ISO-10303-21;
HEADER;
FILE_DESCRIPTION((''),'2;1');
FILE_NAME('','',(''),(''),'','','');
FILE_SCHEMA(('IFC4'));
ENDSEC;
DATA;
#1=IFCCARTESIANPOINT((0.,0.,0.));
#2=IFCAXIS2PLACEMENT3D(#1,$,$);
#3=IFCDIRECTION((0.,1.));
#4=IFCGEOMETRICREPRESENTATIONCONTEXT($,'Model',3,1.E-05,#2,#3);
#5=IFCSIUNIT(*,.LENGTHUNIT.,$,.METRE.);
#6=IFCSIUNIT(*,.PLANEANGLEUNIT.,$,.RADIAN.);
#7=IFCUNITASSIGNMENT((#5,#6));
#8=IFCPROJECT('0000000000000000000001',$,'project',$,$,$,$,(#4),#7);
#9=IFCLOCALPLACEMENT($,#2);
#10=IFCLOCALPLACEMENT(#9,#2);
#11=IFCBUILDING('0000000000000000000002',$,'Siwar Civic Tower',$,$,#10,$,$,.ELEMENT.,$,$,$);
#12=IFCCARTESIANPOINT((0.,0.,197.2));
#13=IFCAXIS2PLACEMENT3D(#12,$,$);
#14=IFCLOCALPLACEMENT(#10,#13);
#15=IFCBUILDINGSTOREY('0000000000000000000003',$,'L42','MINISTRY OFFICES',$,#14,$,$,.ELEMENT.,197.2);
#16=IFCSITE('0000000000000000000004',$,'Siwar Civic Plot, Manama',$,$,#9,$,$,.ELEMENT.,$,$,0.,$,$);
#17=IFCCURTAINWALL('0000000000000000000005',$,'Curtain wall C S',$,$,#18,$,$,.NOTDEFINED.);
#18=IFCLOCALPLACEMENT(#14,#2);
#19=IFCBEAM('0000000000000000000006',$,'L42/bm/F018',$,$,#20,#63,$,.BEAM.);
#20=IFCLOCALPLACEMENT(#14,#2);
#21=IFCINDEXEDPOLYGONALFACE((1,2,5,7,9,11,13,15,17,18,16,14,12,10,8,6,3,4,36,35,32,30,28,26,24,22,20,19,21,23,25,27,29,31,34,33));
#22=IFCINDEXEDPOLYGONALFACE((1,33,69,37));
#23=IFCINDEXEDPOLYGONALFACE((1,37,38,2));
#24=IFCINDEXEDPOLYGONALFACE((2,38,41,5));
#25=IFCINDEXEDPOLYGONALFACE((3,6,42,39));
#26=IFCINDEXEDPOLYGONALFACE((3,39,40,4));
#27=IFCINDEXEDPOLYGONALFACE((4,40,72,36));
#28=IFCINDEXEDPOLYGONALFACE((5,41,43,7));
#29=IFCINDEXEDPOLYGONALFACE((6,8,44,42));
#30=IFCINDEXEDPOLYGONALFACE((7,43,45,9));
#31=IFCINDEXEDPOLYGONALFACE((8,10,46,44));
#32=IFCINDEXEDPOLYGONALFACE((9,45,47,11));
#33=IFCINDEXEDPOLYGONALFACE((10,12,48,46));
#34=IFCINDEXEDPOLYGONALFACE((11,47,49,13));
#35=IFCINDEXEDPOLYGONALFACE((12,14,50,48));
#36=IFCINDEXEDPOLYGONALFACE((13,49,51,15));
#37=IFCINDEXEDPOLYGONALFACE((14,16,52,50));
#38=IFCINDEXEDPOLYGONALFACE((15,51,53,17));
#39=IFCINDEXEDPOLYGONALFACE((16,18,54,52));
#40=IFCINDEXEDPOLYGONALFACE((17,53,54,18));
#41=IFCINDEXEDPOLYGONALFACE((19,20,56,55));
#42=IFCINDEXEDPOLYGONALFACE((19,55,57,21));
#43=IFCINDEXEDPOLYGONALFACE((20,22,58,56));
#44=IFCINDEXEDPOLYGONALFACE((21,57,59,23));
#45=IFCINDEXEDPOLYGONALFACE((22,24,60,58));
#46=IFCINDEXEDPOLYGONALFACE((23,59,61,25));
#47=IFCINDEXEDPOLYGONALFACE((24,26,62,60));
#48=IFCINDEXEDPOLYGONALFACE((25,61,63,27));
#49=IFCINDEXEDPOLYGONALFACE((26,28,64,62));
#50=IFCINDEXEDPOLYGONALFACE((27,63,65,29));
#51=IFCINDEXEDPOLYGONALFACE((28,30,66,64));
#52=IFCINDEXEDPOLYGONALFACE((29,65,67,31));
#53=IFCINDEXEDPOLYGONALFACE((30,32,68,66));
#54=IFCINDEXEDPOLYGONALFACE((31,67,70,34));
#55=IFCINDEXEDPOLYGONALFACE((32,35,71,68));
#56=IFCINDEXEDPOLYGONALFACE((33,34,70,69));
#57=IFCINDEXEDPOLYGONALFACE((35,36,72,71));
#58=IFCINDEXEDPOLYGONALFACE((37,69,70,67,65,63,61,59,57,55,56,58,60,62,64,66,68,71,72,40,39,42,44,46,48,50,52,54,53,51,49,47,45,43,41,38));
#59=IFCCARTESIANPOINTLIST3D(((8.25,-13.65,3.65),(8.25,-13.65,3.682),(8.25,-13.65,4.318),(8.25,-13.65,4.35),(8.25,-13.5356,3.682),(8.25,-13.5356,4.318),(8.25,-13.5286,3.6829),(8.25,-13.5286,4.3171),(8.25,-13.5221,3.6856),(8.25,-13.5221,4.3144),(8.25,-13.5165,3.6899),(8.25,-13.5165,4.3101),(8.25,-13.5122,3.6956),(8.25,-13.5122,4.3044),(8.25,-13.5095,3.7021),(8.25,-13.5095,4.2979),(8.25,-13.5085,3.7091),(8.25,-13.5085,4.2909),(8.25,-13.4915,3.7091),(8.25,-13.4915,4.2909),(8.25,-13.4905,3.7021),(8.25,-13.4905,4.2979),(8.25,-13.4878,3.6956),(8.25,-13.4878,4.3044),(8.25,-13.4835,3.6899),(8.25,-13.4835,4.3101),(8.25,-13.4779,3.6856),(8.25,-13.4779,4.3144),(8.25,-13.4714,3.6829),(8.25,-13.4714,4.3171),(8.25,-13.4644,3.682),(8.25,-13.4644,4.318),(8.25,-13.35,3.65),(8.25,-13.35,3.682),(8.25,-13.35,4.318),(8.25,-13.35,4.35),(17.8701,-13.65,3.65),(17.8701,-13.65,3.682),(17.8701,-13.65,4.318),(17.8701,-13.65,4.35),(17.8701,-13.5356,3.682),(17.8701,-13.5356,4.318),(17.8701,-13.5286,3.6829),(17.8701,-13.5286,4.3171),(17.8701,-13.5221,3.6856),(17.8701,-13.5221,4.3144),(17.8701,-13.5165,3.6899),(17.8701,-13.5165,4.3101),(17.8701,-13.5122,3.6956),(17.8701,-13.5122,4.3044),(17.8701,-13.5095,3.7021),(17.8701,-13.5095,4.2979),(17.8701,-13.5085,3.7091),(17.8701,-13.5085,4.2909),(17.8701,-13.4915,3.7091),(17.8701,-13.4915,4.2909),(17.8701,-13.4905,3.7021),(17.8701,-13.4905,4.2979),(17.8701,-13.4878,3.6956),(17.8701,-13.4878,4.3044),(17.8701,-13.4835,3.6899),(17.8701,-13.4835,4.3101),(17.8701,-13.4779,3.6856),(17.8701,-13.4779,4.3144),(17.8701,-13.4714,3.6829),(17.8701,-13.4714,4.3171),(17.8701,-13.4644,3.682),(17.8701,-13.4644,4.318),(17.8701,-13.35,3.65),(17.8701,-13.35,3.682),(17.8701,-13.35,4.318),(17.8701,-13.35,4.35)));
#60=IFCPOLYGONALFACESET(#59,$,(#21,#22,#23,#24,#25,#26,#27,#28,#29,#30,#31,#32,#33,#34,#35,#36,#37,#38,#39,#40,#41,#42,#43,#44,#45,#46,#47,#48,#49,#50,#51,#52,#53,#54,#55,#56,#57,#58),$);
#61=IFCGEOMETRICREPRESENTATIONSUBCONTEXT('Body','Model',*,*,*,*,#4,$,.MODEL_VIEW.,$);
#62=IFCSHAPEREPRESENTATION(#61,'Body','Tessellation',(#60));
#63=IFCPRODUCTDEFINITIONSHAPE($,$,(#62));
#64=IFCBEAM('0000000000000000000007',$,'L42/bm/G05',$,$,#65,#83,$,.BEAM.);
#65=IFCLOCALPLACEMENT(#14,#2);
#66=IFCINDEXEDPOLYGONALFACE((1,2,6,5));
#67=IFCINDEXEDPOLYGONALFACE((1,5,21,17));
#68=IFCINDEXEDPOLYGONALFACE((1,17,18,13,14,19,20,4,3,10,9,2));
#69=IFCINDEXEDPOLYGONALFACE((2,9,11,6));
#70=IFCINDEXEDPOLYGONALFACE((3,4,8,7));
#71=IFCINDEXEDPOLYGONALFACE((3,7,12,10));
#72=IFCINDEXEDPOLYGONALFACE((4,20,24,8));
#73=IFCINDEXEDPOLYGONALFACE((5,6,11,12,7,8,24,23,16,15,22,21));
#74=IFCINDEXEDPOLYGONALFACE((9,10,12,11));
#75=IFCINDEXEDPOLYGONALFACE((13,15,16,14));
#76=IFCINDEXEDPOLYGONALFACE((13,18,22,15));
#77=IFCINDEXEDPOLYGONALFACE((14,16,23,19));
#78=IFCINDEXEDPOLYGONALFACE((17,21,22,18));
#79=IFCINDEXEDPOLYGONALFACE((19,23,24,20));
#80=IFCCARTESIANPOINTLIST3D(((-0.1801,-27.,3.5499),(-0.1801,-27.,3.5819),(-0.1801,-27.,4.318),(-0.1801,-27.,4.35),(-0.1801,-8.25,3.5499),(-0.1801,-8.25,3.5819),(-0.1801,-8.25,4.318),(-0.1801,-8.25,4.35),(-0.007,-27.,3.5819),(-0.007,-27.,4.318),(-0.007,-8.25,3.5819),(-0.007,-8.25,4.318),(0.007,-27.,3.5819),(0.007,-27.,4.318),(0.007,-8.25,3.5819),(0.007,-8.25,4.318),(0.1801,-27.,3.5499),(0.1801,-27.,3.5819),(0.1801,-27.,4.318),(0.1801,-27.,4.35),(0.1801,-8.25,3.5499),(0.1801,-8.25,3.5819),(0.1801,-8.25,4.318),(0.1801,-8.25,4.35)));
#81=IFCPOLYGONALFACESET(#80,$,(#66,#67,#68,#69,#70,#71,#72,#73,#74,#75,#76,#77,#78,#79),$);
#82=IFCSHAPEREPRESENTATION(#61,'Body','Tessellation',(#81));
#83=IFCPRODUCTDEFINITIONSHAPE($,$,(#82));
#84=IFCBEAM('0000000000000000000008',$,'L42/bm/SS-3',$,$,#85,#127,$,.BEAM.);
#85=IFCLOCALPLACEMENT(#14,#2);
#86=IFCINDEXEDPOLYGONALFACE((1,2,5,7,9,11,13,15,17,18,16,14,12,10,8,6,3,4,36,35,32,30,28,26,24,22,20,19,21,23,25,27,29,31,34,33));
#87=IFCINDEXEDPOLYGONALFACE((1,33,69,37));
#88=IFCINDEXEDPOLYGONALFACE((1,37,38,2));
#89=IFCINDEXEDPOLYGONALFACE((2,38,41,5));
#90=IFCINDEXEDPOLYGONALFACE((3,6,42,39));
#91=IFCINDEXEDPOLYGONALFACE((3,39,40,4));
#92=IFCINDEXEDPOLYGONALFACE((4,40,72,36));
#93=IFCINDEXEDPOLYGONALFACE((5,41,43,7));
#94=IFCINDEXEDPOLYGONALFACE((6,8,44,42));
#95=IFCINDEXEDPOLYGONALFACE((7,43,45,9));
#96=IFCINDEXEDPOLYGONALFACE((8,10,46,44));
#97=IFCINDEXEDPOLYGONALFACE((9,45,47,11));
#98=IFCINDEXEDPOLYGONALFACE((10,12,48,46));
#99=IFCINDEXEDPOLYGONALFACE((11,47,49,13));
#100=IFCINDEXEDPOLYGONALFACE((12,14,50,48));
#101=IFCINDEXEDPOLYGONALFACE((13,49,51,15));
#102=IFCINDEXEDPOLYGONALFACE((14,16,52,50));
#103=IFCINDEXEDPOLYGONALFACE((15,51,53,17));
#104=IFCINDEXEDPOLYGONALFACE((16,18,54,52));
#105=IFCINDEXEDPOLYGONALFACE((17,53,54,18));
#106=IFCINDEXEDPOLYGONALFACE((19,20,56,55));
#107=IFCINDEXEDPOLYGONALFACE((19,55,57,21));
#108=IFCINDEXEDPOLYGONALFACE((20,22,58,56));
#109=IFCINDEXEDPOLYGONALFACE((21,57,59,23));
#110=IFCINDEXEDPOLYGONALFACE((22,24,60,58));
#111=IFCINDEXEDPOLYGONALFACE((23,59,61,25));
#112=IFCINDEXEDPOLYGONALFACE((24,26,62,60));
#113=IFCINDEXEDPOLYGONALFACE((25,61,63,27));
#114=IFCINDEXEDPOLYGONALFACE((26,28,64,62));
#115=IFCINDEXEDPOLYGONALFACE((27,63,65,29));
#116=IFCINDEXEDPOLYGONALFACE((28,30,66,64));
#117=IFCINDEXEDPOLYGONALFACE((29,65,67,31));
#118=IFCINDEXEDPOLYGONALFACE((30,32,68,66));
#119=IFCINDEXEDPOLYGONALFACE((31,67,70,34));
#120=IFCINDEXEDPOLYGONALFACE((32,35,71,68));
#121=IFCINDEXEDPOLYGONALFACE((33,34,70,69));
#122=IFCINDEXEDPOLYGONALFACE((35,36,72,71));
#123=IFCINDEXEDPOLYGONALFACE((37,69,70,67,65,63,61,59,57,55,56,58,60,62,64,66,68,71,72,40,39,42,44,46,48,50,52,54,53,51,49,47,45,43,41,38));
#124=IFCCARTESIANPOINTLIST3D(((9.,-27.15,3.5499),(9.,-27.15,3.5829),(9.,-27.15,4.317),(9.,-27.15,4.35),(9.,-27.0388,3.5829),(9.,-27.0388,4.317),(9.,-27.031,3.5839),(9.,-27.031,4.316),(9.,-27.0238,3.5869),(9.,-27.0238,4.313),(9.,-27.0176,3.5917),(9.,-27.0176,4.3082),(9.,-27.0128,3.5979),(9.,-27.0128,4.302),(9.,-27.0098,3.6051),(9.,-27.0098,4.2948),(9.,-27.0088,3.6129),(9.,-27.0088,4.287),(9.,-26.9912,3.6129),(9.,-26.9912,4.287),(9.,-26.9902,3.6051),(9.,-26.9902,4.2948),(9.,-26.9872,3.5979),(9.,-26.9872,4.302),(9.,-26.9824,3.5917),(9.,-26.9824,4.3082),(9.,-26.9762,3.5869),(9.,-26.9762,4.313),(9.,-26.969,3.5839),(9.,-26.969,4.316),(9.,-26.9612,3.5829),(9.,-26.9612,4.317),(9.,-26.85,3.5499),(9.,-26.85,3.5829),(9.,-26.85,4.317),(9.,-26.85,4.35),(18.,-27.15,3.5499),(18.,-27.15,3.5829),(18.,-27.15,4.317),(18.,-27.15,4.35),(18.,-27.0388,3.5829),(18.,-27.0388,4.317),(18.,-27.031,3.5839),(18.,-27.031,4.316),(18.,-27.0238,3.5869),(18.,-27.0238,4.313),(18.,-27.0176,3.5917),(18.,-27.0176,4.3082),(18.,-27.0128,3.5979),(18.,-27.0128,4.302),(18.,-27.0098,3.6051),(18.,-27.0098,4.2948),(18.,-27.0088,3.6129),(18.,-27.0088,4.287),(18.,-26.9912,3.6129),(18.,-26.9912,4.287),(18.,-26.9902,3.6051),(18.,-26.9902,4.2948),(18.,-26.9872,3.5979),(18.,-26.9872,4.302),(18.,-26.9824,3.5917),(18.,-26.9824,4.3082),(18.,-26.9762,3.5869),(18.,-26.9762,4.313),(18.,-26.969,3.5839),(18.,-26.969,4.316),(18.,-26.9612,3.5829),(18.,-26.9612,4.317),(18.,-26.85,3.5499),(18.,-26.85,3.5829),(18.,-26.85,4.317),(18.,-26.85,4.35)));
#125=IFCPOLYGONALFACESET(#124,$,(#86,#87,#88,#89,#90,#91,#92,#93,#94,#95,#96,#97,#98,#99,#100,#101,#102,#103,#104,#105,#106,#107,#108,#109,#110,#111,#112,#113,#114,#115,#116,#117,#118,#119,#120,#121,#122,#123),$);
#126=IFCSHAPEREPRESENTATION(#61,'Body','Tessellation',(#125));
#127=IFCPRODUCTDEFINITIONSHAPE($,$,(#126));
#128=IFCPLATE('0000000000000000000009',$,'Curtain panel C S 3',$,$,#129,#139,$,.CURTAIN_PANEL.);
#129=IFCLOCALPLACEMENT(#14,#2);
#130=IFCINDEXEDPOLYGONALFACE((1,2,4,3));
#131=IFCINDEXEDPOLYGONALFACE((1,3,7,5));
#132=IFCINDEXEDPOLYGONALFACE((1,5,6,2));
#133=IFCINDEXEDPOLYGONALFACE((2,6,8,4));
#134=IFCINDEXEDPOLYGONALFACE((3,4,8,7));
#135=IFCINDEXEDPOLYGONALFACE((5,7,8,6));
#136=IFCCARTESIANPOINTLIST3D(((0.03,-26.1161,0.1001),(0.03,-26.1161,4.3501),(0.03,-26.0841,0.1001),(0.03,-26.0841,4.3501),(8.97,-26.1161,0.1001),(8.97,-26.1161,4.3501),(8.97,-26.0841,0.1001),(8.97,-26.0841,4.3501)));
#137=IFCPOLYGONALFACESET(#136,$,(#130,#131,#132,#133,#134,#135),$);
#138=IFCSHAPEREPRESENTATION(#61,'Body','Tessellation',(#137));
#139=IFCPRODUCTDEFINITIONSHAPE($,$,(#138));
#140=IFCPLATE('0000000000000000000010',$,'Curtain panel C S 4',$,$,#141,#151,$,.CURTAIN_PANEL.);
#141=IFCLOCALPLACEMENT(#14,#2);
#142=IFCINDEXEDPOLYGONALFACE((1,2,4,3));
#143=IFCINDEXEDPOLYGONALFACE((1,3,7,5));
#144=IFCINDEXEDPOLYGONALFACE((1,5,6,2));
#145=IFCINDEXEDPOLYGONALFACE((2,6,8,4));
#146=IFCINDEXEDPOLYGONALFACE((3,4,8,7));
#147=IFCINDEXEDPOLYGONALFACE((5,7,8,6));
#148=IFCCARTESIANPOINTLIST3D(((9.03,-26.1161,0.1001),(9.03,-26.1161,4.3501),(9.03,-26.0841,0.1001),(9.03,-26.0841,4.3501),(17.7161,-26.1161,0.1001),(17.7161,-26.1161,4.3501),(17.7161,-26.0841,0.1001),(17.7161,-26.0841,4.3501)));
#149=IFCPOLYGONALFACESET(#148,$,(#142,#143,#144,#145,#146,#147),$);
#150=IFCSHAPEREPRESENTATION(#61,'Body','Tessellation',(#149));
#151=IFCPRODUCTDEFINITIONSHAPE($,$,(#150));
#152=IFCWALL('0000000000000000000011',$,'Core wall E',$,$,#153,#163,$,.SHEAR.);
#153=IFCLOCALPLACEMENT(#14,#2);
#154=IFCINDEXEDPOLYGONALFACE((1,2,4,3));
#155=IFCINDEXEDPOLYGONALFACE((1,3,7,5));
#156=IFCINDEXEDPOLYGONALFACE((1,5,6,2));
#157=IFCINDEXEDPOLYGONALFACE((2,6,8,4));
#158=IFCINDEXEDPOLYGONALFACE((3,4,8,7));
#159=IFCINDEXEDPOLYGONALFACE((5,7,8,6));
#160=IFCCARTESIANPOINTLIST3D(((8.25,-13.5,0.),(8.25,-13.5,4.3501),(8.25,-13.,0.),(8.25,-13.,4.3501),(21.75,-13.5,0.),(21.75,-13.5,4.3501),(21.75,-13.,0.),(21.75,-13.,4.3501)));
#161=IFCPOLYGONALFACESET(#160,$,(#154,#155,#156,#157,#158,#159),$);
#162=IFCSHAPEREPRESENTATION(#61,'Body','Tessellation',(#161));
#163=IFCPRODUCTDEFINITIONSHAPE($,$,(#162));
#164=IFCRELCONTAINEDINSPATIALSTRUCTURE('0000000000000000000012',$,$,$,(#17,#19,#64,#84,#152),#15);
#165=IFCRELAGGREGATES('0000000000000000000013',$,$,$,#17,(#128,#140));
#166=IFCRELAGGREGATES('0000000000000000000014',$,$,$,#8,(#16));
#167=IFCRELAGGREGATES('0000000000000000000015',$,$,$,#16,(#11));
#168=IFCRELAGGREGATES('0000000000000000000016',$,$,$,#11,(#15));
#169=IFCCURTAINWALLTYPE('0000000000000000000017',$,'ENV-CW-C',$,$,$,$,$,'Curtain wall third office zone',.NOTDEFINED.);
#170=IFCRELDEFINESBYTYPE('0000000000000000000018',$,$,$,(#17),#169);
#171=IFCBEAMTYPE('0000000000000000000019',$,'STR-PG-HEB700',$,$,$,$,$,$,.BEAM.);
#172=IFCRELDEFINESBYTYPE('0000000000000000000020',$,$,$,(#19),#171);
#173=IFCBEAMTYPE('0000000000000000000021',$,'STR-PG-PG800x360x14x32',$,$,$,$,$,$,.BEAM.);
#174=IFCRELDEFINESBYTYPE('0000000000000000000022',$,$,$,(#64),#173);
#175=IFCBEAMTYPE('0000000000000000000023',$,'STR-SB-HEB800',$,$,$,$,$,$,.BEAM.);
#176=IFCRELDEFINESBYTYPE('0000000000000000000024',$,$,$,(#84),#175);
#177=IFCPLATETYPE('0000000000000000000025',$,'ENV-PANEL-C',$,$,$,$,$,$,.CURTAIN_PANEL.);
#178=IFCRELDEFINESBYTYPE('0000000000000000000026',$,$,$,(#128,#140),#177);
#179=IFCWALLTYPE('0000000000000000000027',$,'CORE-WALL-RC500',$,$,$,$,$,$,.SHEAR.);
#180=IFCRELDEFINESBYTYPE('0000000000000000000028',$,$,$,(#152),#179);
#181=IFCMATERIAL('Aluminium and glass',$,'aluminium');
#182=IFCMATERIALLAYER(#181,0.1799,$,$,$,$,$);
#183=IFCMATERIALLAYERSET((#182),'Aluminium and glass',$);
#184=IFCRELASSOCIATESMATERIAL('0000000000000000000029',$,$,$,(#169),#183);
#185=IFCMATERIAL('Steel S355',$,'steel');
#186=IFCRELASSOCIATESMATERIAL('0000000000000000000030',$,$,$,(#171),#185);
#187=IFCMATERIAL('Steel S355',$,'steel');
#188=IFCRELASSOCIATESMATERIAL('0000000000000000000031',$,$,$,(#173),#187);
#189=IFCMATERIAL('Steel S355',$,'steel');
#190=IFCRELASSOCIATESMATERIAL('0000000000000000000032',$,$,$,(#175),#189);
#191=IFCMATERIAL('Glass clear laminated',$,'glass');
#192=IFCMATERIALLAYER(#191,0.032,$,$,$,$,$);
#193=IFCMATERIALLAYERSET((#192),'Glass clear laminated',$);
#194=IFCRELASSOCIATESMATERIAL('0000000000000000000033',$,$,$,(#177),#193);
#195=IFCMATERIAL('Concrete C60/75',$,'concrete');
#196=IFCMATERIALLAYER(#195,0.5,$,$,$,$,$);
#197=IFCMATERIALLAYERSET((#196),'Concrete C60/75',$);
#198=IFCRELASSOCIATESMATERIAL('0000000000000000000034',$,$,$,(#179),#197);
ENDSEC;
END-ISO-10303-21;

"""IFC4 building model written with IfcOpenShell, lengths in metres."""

from ifc_helpers import new_model, si_unit, direction, frame, frame_2d, origin, origin_2d, place, context, subcontext, project, spatial, rectangle, i_section, extrude, material, layer, layer_set, material_profile, profile_set, type_object, element, aggregate, save


model = new_model("IFC4")

# Units and contexts
model_context = context("Model", 3, precision=1e-05, world=origin(), true_north=direction((0.0, 1.0)))
body_context = subcontext(model_context, "Body", "Model", "MODEL_VIEW")
ifc_project = project(units=[si_unit("LENGTHUNIT", "METRE"), si_unit("PLANEANGLEUNIT", "RADIAN")], contexts=[model_context])

# Site, building, storey
site_placement = place(None, origin())
site = spatial("IfcSite", under=ifc_project, at=site_placement, Name="Siwar Civic Plot, Manama", CompositionType="ELEMENT", RefElevation=0.0)
building_placement = place(site_placement, origin())
building = spatial("IfcBuilding", under=site, at=building_placement, Name="Siwar Civic Tower", CompositionType="ELEMENT")
storey_placement = place(building_placement, frame((0.0, 0.0, 197.2)))
storey = spatial("IfcBuildingStorey", under=building, at=storey_placement, Name="L42", Description="MINISTRY OFFICES", CompositionType="ELEMENT", Elevation=197.2)

# Curtain wall
ifc_material_1 = material(Name="Aluminium and glass", Category="aluminium")
ifc_layer_1 = layer(ifc_material_1, 0.1799)
ifc_layer_set_1 = layer_set([ifc_layer_1], Name="Aluminium and glass")
curtain_wall_type = type_object("IfcCurtainWallType", Name="ENV-CW-C", ElementType="Curtain wall third office zone", PredefinedType="NOTDEFINED", material=ifc_layer_set_1)
curtain_wall_placement = place(storey_placement, origin())
curtain_wall = element("IfcCurtainWall", 1, at=curtain_wall_placement, inside=storey, type_object=curtain_wall_type, Name="Curtain wall C S", PredefinedType="NOTDEFINED")

# Beams
ifc_material_2 = material(Name="Steel S355", Category="steel")
ifc_material_profile_1 = material_profile(ifc_material_2, i_section(OverallWidth=0.3, OverallDepth=0.7, WebThickness=0.0171, FlangeThickness=0.032, FilletRadius=0.0271, at=origin_2d()), Name="HEB700")
ifc_profile_set_1 = profile_set([ifc_material_profile_1], Name="Steel S355")
beam_type_1 = type_object("IfcBeamType", Name="STR-PG-HEB700", PredefinedType="BEAM", material=ifc_profile_set_1)
beam_1_placement = place(storey_placement, frame((8.25, -13.5, 4.0), z_axis=(1.0, 0.0, 0.0), x_axis=(0.0, 1.0, 0.0)))
element("IfcBeam", 2, at=beam_1_placement, inside=storey, type_object=beam_type_1, Name="L42/bm/F018", PredefinedType="BEAM", context=body_context, shape_type="SweptSolid", body=[
    extrude(i_section(OverallWidth=0.3, OverallDepth=0.7, WebThickness=0.0171, FlangeThickness=0.032, FilletRadius=0.0271, at=origin_2d()), origin(), (0.0, 0.0, 1.0), 9.6201),
])
ifc_material_3 = material(Name="Steel S355", Category="steel")
ifc_material_profile_2 = material_profile(ifc_material_3, i_section(OverallWidth=0.3601, OverallDepth=0.8, WebThickness=0.0139, FlangeThickness=0.032, at=origin_2d()), Name="PG800x360x14x32")
ifc_profile_set_2 = profile_set([ifc_material_profile_2], Name="Steel S355")
beam_type_2 = type_object("IfcBeamType", Name="STR-PG-PG800x360x14x32", PredefinedType="BEAM", material=ifc_profile_set_2)
beam_2_placement = place(storey_placement, frame((0.0, -27.0, 3.95), z_axis=(0.0, 1.0, 0.0), x_axis=(-1.0, 0.0, 0.0)))
element("IfcBeam", 3, at=beam_2_placement, inside=storey, type_object=beam_type_2, Name="L42/bm/G05", PredefinedType="BEAM", context=body_context, shape_type="SweptSolid", body=[
    extrude(i_section(OverallWidth=0.3601, OverallDepth=0.8, WebThickness=0.0139, FlangeThickness=0.032, at=origin_2d()), origin(), (0.0, 0.0, 1.0), 18.75),
])
ifc_material_4 = material(Name="Steel S355", Category="steel")
ifc_material_profile_3 = material_profile(ifc_material_4, i_section(OverallWidth=0.3, OverallDepth=0.8, WebThickness=0.0176, FlangeThickness=0.033, FilletRadius=0.03, at=origin_2d()), Name="HEB800")
ifc_profile_set_3 = profile_set([ifc_material_profile_3], Name="Steel S355")
beam_type_3 = type_object("IfcBeamType", Name="STR-SB-HEB800", PredefinedType="BEAM", material=ifc_profile_set_3)
beam_3_placement = place(storey_placement, frame((9.0, -27.0, 3.95), z_axis=(1.0, 0.0, 0.0), x_axis=(0.0, 1.0, 0.0)))
element("IfcBeam", 4, at=beam_3_placement, inside=storey, type_object=beam_type_3, Name="L42/bm/SS-3", PredefinedType="BEAM", context=body_context, shape_type="SweptSolid", body=[
    extrude(i_section(OverallWidth=0.3, OverallDepth=0.8, WebThickness=0.0176, FlangeThickness=0.033, FilletRadius=0.03, at=origin_2d()), origin(), (0.0, 0.0, 1.0), 9.0),
])

# Plates
ifc_material_5 = material(Name="Glass clear laminated", Category="glass")
ifc_layer_2 = layer(ifc_material_5, 0.032)
ifc_layer_set_2 = layer_set([ifc_layer_2], Name="Glass clear laminated")
plate_type = type_object("IfcPlateType", Name="ENV-PANEL-C", PredefinedType="CURTAIN_PANEL", material=ifc_layer_set_2)
plate_1_placement = place(storey_placement, frame((4.5, -26.1001, 0.1001), z_axis=(0.0, 0.0, 1.0), x_axis=(1.0, 0.0, 0.0)))
plate_1 = element("IfcPlate", 5, at=plate_1_placement, type_object=plate_type, Name="Curtain panel C S 3", PredefinedType="CURTAIN_PANEL", context=body_context, shape_type="SweptSolid", body=[
    extrude(rectangle(XDim=8.9399, YDim=0.032, at=origin_2d()), origin(), (0.0, 0.0, 1.0), 4.25),
])
plate_2_placement = place(storey_placement, frame((13.373, -26.1001, 0.1001), z_axis=(0.0, 0.0, 1.0), x_axis=(1.0, 0.0, 0.0)))
plate_2 = element("IfcPlate", 6, at=plate_2_placement, type_object=plate_type, Name="Curtain panel C S 4", PredefinedType="CURTAIN_PANEL", context=body_context, shape_type="SweptSolid", body=[
    extrude(rectangle(XDim=8.686, YDim=0.032, at=origin_2d()), origin(), (0.0, 0.0, 1.0), 4.25),
])
aggregate(curtain_wall, [plate_1, plate_2])

# Wall
ifc_material_6 = material(Name="Concrete C60/75", Category="concrete")
ifc_layer_3 = layer(ifc_material_6, 0.5)
ifc_layer_set_3 = layer_set([ifc_layer_3], Name="Concrete C60/75")
wall_type_1 = type_object("IfcWallType", Name="CORE-WALL-RC500", PredefinedType="SHEAR", material=ifc_layer_set_3)
wall_1_placement = place(storey_placement, frame((8.25, -13.25, 0.0), z_axis=(0.0, 0.0, 1.0), x_axis=(1.0, 0.0, 0.0)))
element("IfcWall", 7, at=wall_1_placement, inside=storey, type_object=wall_type_1, Name="Core wall E", PredefinedType="SHEAR", context=body_context, shape_type="SweptSolid", body=[
    extrude(rectangle(XDim=13.5, YDim=0.5, at=frame_2d((6.75, 0.0))), origin(), (0.0, 0.0, 1.0), 4.3501),
])

save(model, "model.ifc")
